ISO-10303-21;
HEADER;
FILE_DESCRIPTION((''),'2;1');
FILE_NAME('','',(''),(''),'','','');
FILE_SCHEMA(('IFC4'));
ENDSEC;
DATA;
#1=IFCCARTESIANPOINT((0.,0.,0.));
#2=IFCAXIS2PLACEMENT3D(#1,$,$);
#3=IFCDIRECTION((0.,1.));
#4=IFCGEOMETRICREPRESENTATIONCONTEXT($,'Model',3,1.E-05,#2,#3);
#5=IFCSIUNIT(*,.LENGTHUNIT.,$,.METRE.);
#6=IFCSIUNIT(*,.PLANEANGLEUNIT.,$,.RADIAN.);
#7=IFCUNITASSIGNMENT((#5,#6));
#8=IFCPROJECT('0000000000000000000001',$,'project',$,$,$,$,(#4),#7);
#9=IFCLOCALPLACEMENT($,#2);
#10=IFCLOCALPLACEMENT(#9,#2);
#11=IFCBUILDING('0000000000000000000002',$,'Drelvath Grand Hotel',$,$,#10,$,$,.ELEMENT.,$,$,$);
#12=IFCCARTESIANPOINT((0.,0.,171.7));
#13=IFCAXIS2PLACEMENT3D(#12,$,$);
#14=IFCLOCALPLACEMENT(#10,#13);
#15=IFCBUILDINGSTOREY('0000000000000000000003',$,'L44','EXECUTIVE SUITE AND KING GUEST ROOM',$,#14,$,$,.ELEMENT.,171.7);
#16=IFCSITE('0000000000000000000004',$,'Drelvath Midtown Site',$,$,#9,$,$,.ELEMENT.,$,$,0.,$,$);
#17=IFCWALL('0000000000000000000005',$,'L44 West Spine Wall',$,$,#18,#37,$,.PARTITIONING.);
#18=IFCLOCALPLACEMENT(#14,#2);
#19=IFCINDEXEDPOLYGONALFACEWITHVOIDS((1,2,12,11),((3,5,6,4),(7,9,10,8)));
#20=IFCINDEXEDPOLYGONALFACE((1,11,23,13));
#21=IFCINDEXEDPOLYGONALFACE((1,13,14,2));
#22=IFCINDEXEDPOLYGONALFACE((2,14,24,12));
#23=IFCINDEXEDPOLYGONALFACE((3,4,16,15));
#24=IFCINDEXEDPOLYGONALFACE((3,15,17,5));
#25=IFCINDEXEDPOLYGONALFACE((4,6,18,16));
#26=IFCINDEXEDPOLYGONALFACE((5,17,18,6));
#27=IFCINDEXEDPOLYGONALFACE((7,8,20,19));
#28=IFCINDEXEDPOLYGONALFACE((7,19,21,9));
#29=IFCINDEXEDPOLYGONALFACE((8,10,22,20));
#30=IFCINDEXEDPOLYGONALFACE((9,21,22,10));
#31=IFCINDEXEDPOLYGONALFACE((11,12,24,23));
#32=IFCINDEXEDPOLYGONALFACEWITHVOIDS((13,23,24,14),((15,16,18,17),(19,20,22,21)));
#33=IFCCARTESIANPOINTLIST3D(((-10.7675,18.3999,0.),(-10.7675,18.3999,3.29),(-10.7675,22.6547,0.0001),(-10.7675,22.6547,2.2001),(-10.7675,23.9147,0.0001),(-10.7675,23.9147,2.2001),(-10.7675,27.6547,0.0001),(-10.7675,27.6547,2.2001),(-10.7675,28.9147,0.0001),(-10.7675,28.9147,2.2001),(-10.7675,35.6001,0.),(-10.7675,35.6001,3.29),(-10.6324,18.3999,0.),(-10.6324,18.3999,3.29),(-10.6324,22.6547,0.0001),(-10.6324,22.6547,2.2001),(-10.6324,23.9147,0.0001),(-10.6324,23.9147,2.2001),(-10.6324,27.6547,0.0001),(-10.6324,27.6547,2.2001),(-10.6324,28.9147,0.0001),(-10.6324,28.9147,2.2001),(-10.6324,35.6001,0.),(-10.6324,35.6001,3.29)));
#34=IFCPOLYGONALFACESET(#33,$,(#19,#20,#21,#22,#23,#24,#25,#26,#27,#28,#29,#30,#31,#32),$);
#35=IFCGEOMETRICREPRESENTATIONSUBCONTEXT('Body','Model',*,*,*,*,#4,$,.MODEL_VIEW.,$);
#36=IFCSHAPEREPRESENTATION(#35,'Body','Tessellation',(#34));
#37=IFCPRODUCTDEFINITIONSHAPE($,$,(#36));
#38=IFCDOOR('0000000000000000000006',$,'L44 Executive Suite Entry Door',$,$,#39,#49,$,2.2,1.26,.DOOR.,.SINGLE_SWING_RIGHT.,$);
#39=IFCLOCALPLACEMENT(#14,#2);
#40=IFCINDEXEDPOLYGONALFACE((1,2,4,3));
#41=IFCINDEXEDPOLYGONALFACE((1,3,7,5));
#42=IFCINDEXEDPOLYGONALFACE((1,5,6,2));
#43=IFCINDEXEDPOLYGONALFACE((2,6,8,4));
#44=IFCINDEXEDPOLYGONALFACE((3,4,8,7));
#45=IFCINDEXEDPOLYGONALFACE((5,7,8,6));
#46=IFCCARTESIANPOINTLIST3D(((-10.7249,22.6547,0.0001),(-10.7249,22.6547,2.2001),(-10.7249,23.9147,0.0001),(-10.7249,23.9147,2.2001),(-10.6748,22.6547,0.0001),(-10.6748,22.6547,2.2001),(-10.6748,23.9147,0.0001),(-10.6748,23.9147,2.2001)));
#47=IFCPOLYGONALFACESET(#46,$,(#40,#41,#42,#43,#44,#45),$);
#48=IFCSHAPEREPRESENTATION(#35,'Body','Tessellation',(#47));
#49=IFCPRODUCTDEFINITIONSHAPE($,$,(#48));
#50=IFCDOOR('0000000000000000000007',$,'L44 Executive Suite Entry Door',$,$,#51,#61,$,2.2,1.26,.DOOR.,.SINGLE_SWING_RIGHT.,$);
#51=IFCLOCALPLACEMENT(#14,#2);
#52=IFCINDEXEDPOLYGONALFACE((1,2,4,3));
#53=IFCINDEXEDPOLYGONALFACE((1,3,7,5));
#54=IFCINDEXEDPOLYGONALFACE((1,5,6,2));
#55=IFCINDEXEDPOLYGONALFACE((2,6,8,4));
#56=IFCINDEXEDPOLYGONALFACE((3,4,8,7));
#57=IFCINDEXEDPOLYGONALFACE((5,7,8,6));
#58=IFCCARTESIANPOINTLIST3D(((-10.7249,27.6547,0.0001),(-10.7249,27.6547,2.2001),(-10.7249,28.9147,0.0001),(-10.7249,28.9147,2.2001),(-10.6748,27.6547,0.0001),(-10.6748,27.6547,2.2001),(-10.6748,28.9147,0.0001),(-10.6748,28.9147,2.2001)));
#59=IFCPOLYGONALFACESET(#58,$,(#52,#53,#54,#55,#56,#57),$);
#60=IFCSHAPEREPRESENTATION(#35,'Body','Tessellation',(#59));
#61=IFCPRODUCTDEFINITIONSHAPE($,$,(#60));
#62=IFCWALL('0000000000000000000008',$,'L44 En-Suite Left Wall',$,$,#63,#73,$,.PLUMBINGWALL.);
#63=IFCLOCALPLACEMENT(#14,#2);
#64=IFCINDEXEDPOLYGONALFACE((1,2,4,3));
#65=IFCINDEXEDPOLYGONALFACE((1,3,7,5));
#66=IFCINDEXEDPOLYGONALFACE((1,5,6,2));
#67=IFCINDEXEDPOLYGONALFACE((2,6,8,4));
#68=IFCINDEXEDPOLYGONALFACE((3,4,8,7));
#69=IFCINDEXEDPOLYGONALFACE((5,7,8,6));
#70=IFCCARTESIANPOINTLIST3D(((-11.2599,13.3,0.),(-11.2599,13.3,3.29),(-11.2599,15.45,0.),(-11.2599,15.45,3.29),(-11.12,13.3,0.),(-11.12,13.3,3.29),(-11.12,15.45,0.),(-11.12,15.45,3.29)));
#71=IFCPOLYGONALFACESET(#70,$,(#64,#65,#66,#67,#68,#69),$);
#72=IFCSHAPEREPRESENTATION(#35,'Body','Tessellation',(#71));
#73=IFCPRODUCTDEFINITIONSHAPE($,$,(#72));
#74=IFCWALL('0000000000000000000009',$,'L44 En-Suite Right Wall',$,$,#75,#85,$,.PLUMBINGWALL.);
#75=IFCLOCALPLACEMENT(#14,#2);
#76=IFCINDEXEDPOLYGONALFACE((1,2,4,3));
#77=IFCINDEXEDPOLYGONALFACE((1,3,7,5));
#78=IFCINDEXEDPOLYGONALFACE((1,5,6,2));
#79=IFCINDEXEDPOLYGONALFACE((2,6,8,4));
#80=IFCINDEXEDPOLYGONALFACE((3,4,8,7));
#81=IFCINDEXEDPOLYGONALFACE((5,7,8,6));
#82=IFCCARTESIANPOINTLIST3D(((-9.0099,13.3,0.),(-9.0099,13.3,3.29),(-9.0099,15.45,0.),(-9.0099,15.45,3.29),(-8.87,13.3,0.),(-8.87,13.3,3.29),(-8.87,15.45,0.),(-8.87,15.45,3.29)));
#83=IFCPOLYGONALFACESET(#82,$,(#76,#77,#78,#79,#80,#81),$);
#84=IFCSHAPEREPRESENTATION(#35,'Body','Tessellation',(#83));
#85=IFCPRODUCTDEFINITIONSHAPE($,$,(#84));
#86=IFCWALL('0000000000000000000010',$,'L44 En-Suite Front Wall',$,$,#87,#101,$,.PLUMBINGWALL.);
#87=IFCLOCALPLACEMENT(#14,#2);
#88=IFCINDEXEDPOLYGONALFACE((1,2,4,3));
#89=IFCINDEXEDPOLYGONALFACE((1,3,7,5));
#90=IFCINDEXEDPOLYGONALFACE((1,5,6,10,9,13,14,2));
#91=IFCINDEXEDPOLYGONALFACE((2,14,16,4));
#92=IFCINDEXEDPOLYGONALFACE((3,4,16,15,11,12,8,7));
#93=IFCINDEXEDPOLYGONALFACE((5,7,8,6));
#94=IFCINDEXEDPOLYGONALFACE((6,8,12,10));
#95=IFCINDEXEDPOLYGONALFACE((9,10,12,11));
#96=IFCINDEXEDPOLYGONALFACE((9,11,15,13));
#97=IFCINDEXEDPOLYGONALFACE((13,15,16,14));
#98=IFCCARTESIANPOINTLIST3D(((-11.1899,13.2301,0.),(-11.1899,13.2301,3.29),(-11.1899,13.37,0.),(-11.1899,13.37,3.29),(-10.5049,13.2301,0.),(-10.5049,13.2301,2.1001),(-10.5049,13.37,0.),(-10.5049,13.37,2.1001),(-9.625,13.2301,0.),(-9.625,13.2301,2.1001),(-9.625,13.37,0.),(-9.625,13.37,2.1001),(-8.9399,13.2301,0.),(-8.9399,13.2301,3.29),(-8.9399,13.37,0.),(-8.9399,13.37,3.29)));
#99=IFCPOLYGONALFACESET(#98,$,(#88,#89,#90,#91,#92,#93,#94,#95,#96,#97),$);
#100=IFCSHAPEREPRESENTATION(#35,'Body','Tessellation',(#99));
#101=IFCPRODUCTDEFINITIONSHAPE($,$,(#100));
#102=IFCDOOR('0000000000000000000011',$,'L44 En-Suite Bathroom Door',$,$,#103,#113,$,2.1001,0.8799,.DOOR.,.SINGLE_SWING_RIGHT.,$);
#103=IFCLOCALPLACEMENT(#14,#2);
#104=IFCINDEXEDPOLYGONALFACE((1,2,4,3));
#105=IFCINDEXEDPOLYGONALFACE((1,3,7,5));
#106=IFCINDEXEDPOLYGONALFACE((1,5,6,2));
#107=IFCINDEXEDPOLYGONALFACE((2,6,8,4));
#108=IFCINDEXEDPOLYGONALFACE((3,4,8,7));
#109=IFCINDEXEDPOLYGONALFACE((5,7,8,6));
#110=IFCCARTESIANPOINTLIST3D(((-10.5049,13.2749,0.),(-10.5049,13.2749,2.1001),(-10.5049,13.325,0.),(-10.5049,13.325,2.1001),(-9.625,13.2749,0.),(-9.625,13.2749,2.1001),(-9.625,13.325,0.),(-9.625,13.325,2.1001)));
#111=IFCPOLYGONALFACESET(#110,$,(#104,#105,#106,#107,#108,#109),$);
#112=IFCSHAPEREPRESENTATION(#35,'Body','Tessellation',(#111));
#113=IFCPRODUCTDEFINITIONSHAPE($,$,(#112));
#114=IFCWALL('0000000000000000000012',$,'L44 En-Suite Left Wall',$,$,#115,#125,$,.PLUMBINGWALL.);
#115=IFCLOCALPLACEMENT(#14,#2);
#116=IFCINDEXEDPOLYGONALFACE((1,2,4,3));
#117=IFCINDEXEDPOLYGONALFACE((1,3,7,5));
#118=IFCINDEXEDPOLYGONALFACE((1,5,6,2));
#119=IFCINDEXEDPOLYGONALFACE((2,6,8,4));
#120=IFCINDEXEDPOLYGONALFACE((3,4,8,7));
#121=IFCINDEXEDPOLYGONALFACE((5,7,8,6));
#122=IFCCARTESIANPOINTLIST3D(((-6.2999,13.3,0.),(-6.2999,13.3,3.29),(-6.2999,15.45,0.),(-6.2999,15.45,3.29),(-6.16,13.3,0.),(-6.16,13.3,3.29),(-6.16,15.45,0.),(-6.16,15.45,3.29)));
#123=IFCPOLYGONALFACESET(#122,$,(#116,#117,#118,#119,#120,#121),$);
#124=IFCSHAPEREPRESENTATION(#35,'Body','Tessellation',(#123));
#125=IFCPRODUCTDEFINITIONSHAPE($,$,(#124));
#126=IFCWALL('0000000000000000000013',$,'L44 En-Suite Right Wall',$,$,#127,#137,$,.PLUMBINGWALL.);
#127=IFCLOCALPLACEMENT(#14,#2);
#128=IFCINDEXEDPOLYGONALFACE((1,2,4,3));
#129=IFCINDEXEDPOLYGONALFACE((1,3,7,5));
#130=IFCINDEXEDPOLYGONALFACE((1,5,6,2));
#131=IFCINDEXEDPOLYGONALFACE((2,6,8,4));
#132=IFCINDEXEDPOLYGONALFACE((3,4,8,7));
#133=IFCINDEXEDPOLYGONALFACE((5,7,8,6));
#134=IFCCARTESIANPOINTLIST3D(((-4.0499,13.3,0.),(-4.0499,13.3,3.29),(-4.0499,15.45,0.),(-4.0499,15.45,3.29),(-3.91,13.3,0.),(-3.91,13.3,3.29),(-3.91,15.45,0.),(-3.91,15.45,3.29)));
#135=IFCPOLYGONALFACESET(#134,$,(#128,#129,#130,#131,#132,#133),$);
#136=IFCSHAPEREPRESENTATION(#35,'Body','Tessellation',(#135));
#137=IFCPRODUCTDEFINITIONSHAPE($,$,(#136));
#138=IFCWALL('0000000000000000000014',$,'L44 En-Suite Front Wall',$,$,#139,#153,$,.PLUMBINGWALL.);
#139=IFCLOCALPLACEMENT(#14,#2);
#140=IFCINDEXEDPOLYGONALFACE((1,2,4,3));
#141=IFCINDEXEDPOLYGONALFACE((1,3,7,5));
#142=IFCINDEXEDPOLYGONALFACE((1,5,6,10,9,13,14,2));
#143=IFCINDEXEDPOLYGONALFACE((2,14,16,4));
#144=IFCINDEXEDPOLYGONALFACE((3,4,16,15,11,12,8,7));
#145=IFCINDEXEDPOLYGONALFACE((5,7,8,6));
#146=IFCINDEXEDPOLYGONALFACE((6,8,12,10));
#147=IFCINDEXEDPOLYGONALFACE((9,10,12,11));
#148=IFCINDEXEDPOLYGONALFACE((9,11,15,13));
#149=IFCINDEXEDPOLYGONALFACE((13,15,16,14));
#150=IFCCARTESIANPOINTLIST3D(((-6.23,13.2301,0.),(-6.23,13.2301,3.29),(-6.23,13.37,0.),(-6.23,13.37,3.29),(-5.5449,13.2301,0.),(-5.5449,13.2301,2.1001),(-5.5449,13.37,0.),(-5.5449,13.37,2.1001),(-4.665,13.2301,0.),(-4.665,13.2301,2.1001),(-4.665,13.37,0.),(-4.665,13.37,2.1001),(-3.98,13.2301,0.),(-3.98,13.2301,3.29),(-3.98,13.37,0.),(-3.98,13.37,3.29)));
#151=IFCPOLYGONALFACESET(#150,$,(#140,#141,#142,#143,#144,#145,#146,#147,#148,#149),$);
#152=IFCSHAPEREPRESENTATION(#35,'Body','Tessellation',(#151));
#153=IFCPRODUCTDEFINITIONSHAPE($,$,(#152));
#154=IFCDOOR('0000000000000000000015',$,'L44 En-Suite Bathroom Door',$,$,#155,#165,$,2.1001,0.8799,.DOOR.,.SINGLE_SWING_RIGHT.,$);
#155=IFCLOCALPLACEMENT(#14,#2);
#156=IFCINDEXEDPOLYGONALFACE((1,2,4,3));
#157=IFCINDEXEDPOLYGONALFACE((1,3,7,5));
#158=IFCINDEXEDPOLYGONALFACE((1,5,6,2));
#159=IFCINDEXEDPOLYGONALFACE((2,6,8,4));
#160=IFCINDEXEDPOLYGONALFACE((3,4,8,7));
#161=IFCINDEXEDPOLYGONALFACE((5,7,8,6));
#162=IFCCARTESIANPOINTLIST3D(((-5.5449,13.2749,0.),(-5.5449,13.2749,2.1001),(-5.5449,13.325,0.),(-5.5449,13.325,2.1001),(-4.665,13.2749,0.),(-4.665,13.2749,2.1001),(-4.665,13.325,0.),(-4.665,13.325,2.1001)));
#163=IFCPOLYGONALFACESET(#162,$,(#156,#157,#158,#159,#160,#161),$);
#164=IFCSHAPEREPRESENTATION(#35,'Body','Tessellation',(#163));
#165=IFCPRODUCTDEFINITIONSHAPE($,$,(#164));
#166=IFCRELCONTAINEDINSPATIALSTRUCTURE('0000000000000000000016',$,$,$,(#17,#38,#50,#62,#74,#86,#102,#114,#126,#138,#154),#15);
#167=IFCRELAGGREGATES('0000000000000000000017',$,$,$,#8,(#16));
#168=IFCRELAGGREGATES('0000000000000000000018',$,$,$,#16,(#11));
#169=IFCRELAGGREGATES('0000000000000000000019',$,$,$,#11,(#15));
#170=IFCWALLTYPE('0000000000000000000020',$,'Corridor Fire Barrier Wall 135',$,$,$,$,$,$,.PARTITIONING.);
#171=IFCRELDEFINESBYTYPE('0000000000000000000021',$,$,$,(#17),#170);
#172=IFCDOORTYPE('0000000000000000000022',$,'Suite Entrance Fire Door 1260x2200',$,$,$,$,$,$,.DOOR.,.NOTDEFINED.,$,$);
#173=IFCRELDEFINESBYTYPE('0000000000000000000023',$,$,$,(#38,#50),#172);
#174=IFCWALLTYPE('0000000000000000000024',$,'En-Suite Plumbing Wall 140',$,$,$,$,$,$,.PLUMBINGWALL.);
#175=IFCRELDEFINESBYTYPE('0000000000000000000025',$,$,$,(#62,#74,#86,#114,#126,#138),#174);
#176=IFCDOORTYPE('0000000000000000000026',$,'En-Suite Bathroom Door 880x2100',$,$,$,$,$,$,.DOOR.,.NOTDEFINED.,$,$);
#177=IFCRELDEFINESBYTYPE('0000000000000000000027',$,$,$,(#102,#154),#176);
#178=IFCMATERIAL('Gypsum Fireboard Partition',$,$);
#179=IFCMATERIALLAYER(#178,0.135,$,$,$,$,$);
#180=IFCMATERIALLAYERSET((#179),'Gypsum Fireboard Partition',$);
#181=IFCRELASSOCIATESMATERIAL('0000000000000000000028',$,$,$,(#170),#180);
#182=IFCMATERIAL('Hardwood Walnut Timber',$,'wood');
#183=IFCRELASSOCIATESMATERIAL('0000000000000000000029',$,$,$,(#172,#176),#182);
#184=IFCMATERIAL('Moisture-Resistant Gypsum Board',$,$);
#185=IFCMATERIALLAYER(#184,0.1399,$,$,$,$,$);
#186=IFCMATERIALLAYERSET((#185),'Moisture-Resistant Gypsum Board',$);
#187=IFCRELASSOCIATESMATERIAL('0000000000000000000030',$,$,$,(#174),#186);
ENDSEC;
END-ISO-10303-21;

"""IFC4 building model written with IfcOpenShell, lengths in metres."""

from ifc_helpers import new_model, si_unit, direction, frame, frame_2d, origin, place, context, subcontext, project, spatial, rectangle, extrude, material, layer, layer_set, type_object, element, fill, save


model = new_model("IFC4")

# Units and contexts
model_context = context("Model", 3, precision=1e-05, world=origin(), true_north=direction((0.0, 1.0)))
body_context = subcontext(model_context, "Body", "Model", "MODEL_VIEW")
ifc_project = project(units=[si_unit("LENGTHUNIT", "METRE"), si_unit("PLANEANGLEUNIT", "RADIAN")], contexts=[model_context])

# Site, building, storey
site_placement = place(None, origin())
site = spatial("IfcSite", under=ifc_project, at=site_placement, Name="Drelvath Midtown Site", CompositionType="ELEMENT", RefElevation=0.0)
building_placement = place(site_placement, origin())
building = spatial("IfcBuilding", under=site, at=building_placement, Name="Drelvath Grand Hotel", CompositionType="ELEMENT")
storey_placement = place(building_placement, frame((0.0, 0.0, 171.7)))
storey = spatial("IfcBuildingStorey", under=building, at=storey_placement, Name="L44", Description="EXECUTIVE SUITE AND KING GUEST ROOM", CompositionType="ELEMENT", Elevation=171.7)

# Shared definitions
ifc_material_1 = material(Name="Gypsum Fireboard Partition")
ifc_layer_1 = layer(ifc_material_1, 0.135)
ifc_layer_set_1 = layer_set([ifc_layer_1], Name="Gypsum Fireboard Partition")
wall_type_1 = type_object("IfcWallType", Name="Corridor Fire Barrier Wall 135", PredefinedType="PARTITIONING", material=ifc_layer_set_1)

# Wall, openings, doors
ifc_material_2 = material(Name="Hardwood Walnut Timber", Category="wood")
door_type_1 = type_object("IfcDoorType", Name="Suite Entrance Fire Door 1260x2200", OperationType="NOTDEFINED", PredefinedType="DOOR", material=ifc_material_2)
wall_1_placement = place(storey_placement, frame((-10.7, 18.3999, 0.0), z_axis=(0.0, 0.0, 1.0), x_axis=(0.0, 1.0, 0.0)))
wall_1 = element("IfcWall", 1, at=wall_1_placement, inside=storey, type_object=wall_type_1, Name="L44 West Spine Wall", PredefinedType="PARTITIONING", context=body_context, shape_type="SweptSolid", body=[
    extrude(rectangle(XDim=17.2002, YDim=0.135, at=frame_2d((8.6001, 0.0))), origin(), (0.0, 0.0, 1.0), 3.29),
])
opening_1_placement = place(wall_1_placement, frame((4.2549, 0.0, 0.0)))
opening_1 = element("IfcOpeningElement", 2, at=opening_1_placement, cuts=wall_1, PredefinedType="OPENING", context=body_context, shape_type="SweptSolid", body=[
    extrude(rectangle(XDim=1.26, YDim=2.2, at=frame_2d((0.6299, 1.1001))), frame((0.0, 0.0774, 0.0), z_axis=(0.0, -1.0, 0.0), x_axis=(1.0, 0.0, 0.0)), (0.0, 0.0, 1.0), 0.155),
])
opening_2_placement = place(wall_1_placement, frame((9.2549, 0.0, 0.0)))
opening_2 = element("IfcOpeningElement", 3, at=opening_2_placement, cuts=wall_1, PredefinedType="OPENING", context=body_context, shape_type="SweptSolid", body=[
    extrude(rectangle(XDim=1.26, YDim=2.2, at=frame_2d((0.6299, 1.1001))), frame((0.0, 0.0774, 0.0), z_axis=(0.0, -1.0, 0.0), x_axis=(1.0, 0.0, 0.0)), (0.0, 0.0, 1.0), 0.155),
])
door_1_placement = place(opening_1_placement, origin())
door_1 = element("IfcDoor", 4, at=door_1_placement, inside=storey, type_object=door_type_1, Name="L44 Executive Suite Entry Door", OperationType="SINGLE_SWING_RIGHT", OverallHeight=2.2, OverallWidth=1.26, PredefinedType="DOOR", context=body_context, shape_type="SweptSolid", body=[
    extrude(rectangle(XDim=1.26, YDim=2.2, at=frame_2d((0.6299, 1.1001))), frame((0.0, 0.0249, 0.0), z_axis=(0.0, -1.0, 0.0), x_axis=(1.0, 0.0, 0.0)), (0.0, 0.0, 1.0), 0.05),
])
fill(opening_1, door_1)
door_2_placement = place(opening_2_placement, origin())
door_2 = element("IfcDoor", 5, at=door_2_placement, inside=storey, type_object=door_type_1, Name="L44 Executive Suite Entry Door", OperationType="SINGLE_SWING_RIGHT", OverallHeight=2.2, OverallWidth=1.26, PredefinedType="DOOR", context=body_context, shape_type="SweptSolid", body=[
    extrude(rectangle(XDim=1.26, YDim=2.2, at=frame_2d((0.6299, 1.1001))), frame((0.0, 0.0249, 0.0), z_axis=(0.0, -1.0, 0.0), x_axis=(1.0, 0.0, 0.0)), (0.0, 0.0, 1.0), 0.05),
])
fill(opening_2, door_2)

# Walls
ifc_material_3 = material(Name="Moisture-Resistant Gypsum Board")
ifc_layer_2 = layer(ifc_material_3, 0.1399)
ifc_layer_set_2 = layer_set([ifc_layer_2], Name="Moisture-Resistant Gypsum Board")
wall_type_2 = type_object("IfcWallType", Name="En-Suite Plumbing Wall 140", PredefinedType="PLUMBINGWALL", material=ifc_layer_set_2)
for number, where, z_axis, x_axis, name in (
    (6, (-11.1899, 15.45, 0.0), (0.0, 0.0, 1.0), (0.0, -1.0, 0.0), "L44 En-Suite Left Wall"),
    (7, (-8.9399, 15.45, 0.0), (0.0, 0.0, 1.0), (0.0, -1.0, 0.0), "L44 En-Suite Right Wall"),
):
    element("IfcWall", number, at=place(storey_placement, frame(where, z_axis=z_axis, x_axis=x_axis)), inside=storey, type_object=wall_type_2, Name=name, PredefinedType="PLUMBINGWALL", context=body_context, shape_type="SweptSolid", body=[
        extrude(rectangle(XDim=2.1499, YDim=0.1399, at=frame_2d((1.075, 0.0))), origin(), (0.0, 0.0, 1.0), 3.29),
    ])

# Wall, opening, door
wall_2_placement = place(storey_placement, frame((-11.1899, 13.3, 0.0), z_axis=(0.0, 0.0, 1.0), x_axis=(1.0, 0.0, 0.0)))
wall_2 = element("IfcWall", 8, at=wall_2_placement, inside=storey, type_object=wall_type_2, Name="L44 En-Suite Front Wall", PredefinedType="PLUMBINGWALL", context=body_context, shape_type="SweptSolid", body=[
    extrude(rectangle(XDim=2.25, YDim=0.1399, at=frame_2d((1.125, 0.0))), origin(), (0.0, 0.0, 1.0), 3.29),
])
opening_3_placement = place(wall_2_placement, frame((0.6851, 0.0, 0.0)))
opening_3 = element("IfcOpeningElement", 9, at=opening_3_placement, cuts=wall_2, PredefinedType="OPENING", context=body_context, shape_type="SweptSolid", body=[
    extrude(rectangle(XDim=0.8799, YDim=2.1001, at=frame_2d((0.4399, 1.05))), frame((0.0, 0.0798, 0.0), z_axis=(0.0, -1.0, 0.0), x_axis=(1.0, 0.0, 0.0)), (0.0, 0.0, 1.0), 0.1599),
])
door_type_2 = type_object("IfcDoorType", Name="En-Suite Bathroom Door 880x2100", OperationType="NOTDEFINED", PredefinedType="DOOR", material=ifc_material_2)
door_3_placement = place(opening_3_placement, origin())
door_3 = element("IfcDoor", 10, at=door_3_placement, inside=storey, type_object=door_type_2, Name="L44 En-Suite Bathroom Door", OperationType="SINGLE_SWING_RIGHT", OverallHeight=2.1001, OverallWidth=0.8799, PredefinedType="DOOR", context=body_context, shape_type="SweptSolid", body=[
    extrude(rectangle(XDim=0.8799, YDim=2.1001, at=frame_2d((0.4399, 1.05))), frame((0.0, 0.0249, 0.0), z_axis=(0.0, -1.0, 0.0), x_axis=(1.0, 0.0, 0.0)), (0.0, 0.0, 1.0), 0.05),
])
fill(opening_3, door_3)

# Walls
for number, where, z_axis, x_axis, name in (
    (11, (-6.23, 15.45, 0.0), (0.0, 0.0, 1.0), (0.0, -1.0, 0.0), "L44 En-Suite Left Wall"),
    (12, (-3.98, 15.45, 0.0), (0.0, 0.0, 1.0), (0.0, -1.0, 0.0), "L44 En-Suite Right Wall"),
):
    element("IfcWall", number, at=place(storey_placement, frame(where, z_axis=z_axis, x_axis=x_axis)), inside=storey, type_object=wall_type_2, Name=name, PredefinedType="PLUMBINGWALL", context=body_context, shape_type="SweptSolid", body=[
        extrude(rectangle(XDim=2.1499, YDim=0.1399, at=frame_2d((1.075, 0.0))), origin(), (0.0, 0.0, 1.0), 3.29),
    ])

# Wall, opening, door
wall_3_placement = place(storey_placement, frame((-6.23, 13.3, 0.0), z_axis=(0.0, 0.0, 1.0), x_axis=(1.0, 0.0, 0.0)))
wall_3 = element("IfcWall", 13, at=wall_3_placement, inside=storey, type_object=wall_type_2, Name="L44 En-Suite Front Wall", PredefinedType="PLUMBINGWALL", context=body_context, shape_type="SweptSolid", body=[
    extrude(rectangle(XDim=2.25, YDim=0.1399, at=frame_2d((1.125, 0.0))), origin(), (0.0, 0.0, 1.0), 3.29),
])
opening_4_placement = place(wall_3_placement, frame((0.6851, 0.0, 0.0)))
opening_4 = element("IfcOpeningElement", 14, at=opening_4_placement, cuts=wall_3, PredefinedType="OPENING", context=body_context, shape_type="SweptSolid", body=[
    extrude(rectangle(XDim=0.8799, YDim=2.1001, at=frame_2d((0.4399, 1.05))), frame((0.0, 0.0798, 0.0), z_axis=(0.0, -1.0, 0.0), x_axis=(1.0, 0.0, 0.0)), (0.0, 0.0, 1.0), 0.1599),
])
door_4_placement = place(opening_4_placement, origin())
door_4 = element("IfcDoor", 15, at=door_4_placement, inside=storey, type_object=door_type_2, Name="L44 En-Suite Bathroom Door", OperationType="SINGLE_SWING_RIGHT", OverallHeight=2.1001, OverallWidth=0.8799, PredefinedType="DOOR", context=body_context, shape_type="SweptSolid", body=[
    extrude(rectangle(XDim=0.8799, YDim=2.1001, at=frame_2d((0.4399, 1.05))), frame((0.0, 0.0249, 0.0), z_axis=(0.0, -1.0, 0.0), x_axis=(1.0, 0.0, 0.0)), (0.0, 0.0, 1.0), 0.05),
])
fill(opening_4, door_4)

save(model, "model.ifc")
